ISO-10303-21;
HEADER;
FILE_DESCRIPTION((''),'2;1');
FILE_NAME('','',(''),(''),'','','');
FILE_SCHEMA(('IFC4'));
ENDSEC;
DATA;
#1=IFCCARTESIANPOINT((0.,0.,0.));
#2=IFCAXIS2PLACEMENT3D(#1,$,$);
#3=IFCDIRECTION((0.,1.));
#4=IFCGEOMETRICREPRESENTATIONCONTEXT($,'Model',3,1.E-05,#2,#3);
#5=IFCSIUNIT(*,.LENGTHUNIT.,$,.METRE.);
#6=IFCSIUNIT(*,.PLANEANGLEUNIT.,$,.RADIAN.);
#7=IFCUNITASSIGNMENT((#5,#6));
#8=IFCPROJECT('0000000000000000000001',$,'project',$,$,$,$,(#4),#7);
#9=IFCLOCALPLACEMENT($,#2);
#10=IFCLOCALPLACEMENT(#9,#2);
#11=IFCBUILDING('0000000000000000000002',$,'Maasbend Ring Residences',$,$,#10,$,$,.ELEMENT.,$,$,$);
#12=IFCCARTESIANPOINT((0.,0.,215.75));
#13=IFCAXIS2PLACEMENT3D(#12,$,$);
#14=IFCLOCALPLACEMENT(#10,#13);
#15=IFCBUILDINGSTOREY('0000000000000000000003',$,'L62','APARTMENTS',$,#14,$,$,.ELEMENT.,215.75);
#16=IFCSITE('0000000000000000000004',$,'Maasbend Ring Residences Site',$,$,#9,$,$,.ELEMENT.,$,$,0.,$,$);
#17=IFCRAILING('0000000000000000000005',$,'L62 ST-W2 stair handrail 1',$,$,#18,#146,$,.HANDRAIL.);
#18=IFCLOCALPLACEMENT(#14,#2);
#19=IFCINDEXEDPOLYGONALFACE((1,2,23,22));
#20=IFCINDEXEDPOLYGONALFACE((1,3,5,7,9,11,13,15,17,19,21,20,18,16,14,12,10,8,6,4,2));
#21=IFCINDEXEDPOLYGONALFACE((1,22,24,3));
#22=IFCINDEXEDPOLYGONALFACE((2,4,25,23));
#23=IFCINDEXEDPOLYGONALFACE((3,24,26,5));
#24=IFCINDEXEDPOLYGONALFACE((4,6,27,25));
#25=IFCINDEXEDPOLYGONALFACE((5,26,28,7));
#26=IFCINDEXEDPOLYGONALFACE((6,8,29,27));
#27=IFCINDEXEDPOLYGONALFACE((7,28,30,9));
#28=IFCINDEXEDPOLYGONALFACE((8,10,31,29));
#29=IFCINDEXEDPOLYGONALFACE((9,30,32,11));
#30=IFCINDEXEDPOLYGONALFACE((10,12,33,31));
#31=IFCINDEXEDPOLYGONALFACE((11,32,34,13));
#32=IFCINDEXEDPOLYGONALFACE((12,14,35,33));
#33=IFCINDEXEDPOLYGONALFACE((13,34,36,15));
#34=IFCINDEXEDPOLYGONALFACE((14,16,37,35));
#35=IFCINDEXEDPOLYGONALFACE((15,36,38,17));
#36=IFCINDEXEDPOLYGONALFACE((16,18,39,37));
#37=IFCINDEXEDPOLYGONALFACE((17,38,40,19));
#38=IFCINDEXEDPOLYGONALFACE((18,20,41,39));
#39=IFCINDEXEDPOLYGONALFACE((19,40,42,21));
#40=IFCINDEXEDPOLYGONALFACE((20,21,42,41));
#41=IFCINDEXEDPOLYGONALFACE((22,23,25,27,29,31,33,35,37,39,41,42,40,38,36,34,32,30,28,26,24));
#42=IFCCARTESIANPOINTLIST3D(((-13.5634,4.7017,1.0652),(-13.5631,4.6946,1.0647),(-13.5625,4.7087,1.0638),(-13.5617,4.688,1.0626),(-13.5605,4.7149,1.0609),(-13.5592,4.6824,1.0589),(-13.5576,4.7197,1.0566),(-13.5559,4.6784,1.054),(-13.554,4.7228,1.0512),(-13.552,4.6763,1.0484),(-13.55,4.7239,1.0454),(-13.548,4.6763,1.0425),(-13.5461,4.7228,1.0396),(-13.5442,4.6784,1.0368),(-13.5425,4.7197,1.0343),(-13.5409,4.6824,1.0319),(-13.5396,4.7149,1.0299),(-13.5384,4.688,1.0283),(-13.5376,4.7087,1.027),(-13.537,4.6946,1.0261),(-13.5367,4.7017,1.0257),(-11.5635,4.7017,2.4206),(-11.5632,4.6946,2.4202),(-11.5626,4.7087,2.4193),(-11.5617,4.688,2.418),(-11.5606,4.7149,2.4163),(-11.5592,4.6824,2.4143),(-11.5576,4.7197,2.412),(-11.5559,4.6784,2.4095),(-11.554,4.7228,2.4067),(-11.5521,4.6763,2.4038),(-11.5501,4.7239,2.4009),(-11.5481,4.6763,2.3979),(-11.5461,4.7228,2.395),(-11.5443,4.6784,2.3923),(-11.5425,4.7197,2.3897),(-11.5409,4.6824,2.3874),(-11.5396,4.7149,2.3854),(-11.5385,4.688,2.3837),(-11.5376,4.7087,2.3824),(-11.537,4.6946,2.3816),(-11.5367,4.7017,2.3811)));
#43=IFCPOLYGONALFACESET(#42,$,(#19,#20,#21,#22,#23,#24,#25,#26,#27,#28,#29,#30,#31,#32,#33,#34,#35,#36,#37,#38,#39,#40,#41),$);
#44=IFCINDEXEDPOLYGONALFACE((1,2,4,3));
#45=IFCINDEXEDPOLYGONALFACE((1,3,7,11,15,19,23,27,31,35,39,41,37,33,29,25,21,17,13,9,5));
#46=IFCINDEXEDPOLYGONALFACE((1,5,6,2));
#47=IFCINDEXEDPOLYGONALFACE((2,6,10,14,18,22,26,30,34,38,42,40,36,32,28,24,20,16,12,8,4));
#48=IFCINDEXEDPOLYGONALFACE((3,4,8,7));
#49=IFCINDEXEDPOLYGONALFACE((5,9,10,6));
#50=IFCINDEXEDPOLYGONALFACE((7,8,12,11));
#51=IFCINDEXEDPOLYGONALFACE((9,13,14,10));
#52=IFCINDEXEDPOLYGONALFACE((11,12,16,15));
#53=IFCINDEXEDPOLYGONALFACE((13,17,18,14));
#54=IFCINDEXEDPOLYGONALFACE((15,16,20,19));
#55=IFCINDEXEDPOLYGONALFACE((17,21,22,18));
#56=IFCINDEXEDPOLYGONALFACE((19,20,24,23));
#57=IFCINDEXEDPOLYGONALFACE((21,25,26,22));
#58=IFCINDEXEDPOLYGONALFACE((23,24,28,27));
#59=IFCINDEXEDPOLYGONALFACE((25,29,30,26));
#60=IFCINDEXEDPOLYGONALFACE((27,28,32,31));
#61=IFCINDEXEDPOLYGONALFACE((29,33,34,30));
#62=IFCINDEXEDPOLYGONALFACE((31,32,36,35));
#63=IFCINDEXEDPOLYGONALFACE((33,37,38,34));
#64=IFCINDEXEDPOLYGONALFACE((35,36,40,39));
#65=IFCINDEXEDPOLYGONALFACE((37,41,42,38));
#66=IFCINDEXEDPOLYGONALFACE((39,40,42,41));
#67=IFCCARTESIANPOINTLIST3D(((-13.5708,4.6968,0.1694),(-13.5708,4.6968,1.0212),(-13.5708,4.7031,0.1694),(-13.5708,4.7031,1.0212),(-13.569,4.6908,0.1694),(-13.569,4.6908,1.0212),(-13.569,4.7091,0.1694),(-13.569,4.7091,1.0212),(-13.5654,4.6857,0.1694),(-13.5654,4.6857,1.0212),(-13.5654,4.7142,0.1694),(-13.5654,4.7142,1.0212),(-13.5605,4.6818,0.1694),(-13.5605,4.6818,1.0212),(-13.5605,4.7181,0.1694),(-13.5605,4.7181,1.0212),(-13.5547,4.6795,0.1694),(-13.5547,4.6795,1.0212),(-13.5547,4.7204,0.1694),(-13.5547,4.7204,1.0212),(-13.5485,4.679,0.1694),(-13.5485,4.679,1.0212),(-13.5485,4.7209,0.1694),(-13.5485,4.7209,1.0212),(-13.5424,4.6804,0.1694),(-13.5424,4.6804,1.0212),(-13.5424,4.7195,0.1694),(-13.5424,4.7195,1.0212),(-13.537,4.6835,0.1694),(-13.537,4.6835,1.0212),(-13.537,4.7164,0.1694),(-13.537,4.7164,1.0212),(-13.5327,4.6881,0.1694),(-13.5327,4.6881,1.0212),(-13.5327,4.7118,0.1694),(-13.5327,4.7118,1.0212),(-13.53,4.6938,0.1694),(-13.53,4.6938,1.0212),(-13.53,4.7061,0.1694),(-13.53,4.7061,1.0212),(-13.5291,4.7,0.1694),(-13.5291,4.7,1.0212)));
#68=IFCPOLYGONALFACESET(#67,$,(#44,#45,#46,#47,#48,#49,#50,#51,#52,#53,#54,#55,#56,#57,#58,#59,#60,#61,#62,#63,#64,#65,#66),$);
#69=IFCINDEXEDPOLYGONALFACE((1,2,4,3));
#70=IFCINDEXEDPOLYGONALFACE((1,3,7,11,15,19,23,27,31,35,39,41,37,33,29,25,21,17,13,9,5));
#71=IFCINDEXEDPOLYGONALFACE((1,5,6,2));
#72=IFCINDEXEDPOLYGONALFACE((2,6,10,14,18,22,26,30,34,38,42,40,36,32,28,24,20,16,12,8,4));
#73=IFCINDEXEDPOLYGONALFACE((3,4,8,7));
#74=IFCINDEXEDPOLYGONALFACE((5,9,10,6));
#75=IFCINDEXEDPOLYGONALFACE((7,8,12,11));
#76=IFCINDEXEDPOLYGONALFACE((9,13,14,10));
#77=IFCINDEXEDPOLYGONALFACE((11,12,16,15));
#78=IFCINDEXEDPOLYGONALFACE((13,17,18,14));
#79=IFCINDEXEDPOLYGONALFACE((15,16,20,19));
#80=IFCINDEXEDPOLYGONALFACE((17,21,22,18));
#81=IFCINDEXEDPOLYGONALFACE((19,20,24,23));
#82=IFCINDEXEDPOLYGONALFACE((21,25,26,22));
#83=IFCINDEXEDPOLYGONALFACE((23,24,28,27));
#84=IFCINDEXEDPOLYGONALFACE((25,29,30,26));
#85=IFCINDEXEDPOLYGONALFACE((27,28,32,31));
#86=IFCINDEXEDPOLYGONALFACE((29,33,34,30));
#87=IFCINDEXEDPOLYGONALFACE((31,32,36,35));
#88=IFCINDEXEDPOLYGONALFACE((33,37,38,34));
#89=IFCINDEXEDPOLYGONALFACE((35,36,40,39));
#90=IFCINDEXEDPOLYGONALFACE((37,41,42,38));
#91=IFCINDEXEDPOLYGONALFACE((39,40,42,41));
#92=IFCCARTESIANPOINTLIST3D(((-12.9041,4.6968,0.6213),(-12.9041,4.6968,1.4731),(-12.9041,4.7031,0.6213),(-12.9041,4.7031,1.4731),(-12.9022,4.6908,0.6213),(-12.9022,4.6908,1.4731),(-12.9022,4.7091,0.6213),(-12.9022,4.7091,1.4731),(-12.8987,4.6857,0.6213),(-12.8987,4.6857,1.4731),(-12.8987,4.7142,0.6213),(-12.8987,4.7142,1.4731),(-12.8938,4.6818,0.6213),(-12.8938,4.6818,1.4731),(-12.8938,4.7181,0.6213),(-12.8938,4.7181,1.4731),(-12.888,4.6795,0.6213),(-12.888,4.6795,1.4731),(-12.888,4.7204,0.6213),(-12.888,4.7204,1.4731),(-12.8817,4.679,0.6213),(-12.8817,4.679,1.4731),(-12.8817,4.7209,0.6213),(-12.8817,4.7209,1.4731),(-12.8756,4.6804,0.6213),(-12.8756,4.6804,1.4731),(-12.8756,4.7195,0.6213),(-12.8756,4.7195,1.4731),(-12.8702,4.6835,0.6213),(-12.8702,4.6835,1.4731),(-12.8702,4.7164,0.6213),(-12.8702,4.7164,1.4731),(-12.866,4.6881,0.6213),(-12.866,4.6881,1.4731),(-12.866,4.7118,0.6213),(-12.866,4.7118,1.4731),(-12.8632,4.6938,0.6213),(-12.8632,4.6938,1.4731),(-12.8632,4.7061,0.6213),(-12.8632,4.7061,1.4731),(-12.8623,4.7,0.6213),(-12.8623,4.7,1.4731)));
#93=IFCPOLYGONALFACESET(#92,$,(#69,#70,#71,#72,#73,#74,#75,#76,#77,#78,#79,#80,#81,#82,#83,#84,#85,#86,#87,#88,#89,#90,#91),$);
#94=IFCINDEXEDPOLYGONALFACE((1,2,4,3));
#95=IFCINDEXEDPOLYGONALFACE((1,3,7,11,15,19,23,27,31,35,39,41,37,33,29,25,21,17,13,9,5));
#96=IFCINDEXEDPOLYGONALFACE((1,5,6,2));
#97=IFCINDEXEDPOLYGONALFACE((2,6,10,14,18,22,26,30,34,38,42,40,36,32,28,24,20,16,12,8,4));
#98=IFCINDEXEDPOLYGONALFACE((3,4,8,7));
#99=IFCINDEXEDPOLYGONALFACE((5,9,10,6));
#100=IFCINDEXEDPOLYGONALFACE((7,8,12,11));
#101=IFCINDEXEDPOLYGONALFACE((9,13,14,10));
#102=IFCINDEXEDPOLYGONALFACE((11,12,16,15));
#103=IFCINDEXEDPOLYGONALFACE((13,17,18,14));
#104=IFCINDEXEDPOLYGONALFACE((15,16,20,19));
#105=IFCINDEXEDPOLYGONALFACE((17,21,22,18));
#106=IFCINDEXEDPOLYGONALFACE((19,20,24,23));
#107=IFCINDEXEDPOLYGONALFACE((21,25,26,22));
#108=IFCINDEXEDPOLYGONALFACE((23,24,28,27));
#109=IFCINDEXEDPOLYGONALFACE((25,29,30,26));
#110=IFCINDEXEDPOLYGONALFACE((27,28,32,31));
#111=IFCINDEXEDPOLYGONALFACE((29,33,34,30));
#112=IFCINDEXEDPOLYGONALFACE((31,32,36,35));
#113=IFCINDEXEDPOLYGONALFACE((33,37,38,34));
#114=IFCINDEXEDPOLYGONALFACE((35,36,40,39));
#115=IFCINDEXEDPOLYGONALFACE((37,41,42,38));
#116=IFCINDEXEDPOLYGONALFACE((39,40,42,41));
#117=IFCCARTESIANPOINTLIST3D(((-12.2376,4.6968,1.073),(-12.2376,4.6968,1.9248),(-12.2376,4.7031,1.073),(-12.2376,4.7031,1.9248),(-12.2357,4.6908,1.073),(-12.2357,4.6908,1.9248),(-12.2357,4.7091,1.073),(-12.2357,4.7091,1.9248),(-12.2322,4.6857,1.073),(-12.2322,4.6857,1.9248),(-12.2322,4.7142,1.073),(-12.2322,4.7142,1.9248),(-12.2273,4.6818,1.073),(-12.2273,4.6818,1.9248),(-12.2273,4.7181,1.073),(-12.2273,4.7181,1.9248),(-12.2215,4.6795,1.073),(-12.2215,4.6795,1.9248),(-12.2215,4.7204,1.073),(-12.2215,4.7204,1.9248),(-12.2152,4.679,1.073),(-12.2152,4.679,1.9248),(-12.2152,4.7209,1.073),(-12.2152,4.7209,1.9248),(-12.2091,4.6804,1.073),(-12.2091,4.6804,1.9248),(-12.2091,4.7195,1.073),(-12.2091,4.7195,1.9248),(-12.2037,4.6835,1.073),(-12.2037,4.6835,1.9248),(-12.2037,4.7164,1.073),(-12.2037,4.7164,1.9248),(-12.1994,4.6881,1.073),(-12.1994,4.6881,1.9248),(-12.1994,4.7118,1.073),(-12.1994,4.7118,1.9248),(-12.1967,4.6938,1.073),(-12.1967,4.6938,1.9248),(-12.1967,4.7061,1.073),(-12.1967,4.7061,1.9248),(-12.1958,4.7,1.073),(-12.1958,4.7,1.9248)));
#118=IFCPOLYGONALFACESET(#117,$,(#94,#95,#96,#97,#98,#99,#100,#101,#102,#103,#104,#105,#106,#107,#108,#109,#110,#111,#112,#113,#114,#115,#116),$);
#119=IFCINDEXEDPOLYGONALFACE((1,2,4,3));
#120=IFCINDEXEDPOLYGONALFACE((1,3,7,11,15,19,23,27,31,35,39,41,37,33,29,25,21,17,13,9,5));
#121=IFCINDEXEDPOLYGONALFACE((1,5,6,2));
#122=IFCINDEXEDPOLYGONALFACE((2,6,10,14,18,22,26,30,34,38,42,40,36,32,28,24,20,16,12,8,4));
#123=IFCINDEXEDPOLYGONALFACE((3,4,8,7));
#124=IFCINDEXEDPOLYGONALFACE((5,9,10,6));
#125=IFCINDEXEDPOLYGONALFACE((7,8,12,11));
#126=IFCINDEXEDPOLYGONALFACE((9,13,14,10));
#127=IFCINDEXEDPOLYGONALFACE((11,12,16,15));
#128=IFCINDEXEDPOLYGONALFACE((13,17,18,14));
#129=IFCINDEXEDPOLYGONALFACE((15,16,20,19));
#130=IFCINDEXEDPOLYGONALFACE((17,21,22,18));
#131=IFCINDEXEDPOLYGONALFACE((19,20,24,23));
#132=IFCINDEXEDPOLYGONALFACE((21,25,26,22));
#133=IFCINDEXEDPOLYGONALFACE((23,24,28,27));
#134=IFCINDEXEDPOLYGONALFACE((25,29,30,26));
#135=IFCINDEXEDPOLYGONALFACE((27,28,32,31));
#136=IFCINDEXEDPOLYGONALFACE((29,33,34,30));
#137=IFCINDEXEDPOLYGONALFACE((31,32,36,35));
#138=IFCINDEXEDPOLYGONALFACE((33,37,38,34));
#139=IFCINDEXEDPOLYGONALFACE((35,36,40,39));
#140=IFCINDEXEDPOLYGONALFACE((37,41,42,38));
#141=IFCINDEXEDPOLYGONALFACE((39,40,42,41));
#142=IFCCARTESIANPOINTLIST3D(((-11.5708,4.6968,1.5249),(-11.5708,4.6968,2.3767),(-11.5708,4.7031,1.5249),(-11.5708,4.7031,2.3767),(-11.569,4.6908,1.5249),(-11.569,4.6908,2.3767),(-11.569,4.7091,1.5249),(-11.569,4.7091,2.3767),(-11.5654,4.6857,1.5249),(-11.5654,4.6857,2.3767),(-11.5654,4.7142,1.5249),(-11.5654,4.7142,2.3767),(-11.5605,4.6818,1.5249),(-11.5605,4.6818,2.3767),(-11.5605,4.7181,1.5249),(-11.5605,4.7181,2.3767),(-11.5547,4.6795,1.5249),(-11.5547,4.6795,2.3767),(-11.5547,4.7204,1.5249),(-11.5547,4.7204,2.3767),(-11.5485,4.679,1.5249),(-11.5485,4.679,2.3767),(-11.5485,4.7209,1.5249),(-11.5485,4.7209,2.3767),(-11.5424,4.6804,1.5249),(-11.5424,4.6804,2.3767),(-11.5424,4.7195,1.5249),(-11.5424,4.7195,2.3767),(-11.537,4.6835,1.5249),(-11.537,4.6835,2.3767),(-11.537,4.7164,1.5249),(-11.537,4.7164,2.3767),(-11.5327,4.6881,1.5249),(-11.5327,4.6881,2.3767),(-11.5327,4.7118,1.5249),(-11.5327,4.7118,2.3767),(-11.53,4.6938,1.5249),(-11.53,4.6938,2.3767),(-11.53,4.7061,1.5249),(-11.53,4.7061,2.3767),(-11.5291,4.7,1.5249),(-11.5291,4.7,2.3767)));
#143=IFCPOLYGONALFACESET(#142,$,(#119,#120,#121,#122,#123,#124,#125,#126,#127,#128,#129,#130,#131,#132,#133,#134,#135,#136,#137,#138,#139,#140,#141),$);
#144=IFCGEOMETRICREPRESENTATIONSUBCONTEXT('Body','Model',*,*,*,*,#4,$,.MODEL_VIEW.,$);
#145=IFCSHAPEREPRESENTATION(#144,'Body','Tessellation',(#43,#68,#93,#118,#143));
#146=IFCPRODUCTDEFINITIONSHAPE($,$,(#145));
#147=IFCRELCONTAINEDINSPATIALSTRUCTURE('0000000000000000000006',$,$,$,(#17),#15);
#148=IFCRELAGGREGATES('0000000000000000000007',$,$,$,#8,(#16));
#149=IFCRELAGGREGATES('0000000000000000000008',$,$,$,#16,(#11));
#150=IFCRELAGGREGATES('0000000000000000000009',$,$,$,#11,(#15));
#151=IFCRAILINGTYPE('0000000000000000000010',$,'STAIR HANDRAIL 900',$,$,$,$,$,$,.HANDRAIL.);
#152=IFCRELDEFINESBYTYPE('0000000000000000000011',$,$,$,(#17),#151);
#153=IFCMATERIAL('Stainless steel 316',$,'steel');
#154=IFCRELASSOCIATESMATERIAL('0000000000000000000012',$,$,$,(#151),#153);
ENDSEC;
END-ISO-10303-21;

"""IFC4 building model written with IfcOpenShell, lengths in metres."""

from ifc_helpers import new_model, si_unit, direction, frame, origin, origin_2d, place, context, subcontext, project, spatial, circle, extrude, material, type_object, element, save


model = new_model("IFC4")

# Units and contexts
model_context = context("Model", 3, precision=1e-05, world=origin(), true_north=direction((0.0, 1.0)))
body_context = subcontext(model_context, "Body", "Model", "MODEL_VIEW")
ifc_project = project(units=[si_unit("LENGTHUNIT", "METRE"), si_unit("PLANEANGLEUNIT", "RADIAN")], contexts=[model_context])

# Site, building, storey
site_placement = place(None, origin())
site = spatial("IfcSite", under=ifc_project, at=site_placement, Name="Maasbend Ring Residences Site", CompositionType="ELEMENT", RefElevation=0.0)
building_placement = place(site_placement, origin())
building = spatial("IfcBuilding", under=site, at=building_placement, Name="Maasbend Ring Residences", CompositionType="ELEMENT")
storey_placement = place(building_placement, frame((0.0, 0.0, 215.75)))
storey = spatial("IfcBuildingStorey", under=building, at=storey_placement, Name="L62", Description="APARTMENTS", CompositionType="ELEMENT", Elevation=215.75)

# Railing
ifc_material_1 = material(Name="Stainless steel 316", Category="steel")
railing_type_1 = type_object("IfcRailingType", Name="STAIR HANDRAIL 900", PredefinedType="HANDRAIL", material=ifc_material_1)
railing_1_placement = place(storey_placement, frame((-13.55, 4.7, 0.1694)))
element("IfcRailing", 1, at=railing_1_placement, inside=storey, type_object=railing_type_1, Name="L62 ST-W2 stair handrail 1", PredefinedType="HANDRAIL", context=body_context, shape_type="SweptSolid", body=[
    extrude(circle(Radius=0.0239, at=origin_2d()), frame((0.0, 0.0, 0.876), z_axis=(0.827798, 0.0, 0.561027), x_axis=(0.0, 1.0, 0.0)), (0.0, 0.0, 1.0), 2.416),
    extrude(circle(Radius=0.021, at=origin_2d()), origin(), (0.0, 0.0, 1.0), 0.8518),
    extrude(circle(Radius=0.021, at=origin_2d()), frame((0.6667, 0.0, 0.4519)), (0.0, 0.0, 1.0), 0.8518),
    extrude(circle(Radius=0.021, at=origin_2d()), frame((1.3333, 0.0, 0.9036)), (0.0, 0.0, 1.0), 0.8518),
    extrude(circle(Radius=0.021, at=origin_2d()), frame((2.0, 0.0, 1.3555)), (0.0, 0.0, 1.0), 0.8518),
])

save(model, "model.ifc")
